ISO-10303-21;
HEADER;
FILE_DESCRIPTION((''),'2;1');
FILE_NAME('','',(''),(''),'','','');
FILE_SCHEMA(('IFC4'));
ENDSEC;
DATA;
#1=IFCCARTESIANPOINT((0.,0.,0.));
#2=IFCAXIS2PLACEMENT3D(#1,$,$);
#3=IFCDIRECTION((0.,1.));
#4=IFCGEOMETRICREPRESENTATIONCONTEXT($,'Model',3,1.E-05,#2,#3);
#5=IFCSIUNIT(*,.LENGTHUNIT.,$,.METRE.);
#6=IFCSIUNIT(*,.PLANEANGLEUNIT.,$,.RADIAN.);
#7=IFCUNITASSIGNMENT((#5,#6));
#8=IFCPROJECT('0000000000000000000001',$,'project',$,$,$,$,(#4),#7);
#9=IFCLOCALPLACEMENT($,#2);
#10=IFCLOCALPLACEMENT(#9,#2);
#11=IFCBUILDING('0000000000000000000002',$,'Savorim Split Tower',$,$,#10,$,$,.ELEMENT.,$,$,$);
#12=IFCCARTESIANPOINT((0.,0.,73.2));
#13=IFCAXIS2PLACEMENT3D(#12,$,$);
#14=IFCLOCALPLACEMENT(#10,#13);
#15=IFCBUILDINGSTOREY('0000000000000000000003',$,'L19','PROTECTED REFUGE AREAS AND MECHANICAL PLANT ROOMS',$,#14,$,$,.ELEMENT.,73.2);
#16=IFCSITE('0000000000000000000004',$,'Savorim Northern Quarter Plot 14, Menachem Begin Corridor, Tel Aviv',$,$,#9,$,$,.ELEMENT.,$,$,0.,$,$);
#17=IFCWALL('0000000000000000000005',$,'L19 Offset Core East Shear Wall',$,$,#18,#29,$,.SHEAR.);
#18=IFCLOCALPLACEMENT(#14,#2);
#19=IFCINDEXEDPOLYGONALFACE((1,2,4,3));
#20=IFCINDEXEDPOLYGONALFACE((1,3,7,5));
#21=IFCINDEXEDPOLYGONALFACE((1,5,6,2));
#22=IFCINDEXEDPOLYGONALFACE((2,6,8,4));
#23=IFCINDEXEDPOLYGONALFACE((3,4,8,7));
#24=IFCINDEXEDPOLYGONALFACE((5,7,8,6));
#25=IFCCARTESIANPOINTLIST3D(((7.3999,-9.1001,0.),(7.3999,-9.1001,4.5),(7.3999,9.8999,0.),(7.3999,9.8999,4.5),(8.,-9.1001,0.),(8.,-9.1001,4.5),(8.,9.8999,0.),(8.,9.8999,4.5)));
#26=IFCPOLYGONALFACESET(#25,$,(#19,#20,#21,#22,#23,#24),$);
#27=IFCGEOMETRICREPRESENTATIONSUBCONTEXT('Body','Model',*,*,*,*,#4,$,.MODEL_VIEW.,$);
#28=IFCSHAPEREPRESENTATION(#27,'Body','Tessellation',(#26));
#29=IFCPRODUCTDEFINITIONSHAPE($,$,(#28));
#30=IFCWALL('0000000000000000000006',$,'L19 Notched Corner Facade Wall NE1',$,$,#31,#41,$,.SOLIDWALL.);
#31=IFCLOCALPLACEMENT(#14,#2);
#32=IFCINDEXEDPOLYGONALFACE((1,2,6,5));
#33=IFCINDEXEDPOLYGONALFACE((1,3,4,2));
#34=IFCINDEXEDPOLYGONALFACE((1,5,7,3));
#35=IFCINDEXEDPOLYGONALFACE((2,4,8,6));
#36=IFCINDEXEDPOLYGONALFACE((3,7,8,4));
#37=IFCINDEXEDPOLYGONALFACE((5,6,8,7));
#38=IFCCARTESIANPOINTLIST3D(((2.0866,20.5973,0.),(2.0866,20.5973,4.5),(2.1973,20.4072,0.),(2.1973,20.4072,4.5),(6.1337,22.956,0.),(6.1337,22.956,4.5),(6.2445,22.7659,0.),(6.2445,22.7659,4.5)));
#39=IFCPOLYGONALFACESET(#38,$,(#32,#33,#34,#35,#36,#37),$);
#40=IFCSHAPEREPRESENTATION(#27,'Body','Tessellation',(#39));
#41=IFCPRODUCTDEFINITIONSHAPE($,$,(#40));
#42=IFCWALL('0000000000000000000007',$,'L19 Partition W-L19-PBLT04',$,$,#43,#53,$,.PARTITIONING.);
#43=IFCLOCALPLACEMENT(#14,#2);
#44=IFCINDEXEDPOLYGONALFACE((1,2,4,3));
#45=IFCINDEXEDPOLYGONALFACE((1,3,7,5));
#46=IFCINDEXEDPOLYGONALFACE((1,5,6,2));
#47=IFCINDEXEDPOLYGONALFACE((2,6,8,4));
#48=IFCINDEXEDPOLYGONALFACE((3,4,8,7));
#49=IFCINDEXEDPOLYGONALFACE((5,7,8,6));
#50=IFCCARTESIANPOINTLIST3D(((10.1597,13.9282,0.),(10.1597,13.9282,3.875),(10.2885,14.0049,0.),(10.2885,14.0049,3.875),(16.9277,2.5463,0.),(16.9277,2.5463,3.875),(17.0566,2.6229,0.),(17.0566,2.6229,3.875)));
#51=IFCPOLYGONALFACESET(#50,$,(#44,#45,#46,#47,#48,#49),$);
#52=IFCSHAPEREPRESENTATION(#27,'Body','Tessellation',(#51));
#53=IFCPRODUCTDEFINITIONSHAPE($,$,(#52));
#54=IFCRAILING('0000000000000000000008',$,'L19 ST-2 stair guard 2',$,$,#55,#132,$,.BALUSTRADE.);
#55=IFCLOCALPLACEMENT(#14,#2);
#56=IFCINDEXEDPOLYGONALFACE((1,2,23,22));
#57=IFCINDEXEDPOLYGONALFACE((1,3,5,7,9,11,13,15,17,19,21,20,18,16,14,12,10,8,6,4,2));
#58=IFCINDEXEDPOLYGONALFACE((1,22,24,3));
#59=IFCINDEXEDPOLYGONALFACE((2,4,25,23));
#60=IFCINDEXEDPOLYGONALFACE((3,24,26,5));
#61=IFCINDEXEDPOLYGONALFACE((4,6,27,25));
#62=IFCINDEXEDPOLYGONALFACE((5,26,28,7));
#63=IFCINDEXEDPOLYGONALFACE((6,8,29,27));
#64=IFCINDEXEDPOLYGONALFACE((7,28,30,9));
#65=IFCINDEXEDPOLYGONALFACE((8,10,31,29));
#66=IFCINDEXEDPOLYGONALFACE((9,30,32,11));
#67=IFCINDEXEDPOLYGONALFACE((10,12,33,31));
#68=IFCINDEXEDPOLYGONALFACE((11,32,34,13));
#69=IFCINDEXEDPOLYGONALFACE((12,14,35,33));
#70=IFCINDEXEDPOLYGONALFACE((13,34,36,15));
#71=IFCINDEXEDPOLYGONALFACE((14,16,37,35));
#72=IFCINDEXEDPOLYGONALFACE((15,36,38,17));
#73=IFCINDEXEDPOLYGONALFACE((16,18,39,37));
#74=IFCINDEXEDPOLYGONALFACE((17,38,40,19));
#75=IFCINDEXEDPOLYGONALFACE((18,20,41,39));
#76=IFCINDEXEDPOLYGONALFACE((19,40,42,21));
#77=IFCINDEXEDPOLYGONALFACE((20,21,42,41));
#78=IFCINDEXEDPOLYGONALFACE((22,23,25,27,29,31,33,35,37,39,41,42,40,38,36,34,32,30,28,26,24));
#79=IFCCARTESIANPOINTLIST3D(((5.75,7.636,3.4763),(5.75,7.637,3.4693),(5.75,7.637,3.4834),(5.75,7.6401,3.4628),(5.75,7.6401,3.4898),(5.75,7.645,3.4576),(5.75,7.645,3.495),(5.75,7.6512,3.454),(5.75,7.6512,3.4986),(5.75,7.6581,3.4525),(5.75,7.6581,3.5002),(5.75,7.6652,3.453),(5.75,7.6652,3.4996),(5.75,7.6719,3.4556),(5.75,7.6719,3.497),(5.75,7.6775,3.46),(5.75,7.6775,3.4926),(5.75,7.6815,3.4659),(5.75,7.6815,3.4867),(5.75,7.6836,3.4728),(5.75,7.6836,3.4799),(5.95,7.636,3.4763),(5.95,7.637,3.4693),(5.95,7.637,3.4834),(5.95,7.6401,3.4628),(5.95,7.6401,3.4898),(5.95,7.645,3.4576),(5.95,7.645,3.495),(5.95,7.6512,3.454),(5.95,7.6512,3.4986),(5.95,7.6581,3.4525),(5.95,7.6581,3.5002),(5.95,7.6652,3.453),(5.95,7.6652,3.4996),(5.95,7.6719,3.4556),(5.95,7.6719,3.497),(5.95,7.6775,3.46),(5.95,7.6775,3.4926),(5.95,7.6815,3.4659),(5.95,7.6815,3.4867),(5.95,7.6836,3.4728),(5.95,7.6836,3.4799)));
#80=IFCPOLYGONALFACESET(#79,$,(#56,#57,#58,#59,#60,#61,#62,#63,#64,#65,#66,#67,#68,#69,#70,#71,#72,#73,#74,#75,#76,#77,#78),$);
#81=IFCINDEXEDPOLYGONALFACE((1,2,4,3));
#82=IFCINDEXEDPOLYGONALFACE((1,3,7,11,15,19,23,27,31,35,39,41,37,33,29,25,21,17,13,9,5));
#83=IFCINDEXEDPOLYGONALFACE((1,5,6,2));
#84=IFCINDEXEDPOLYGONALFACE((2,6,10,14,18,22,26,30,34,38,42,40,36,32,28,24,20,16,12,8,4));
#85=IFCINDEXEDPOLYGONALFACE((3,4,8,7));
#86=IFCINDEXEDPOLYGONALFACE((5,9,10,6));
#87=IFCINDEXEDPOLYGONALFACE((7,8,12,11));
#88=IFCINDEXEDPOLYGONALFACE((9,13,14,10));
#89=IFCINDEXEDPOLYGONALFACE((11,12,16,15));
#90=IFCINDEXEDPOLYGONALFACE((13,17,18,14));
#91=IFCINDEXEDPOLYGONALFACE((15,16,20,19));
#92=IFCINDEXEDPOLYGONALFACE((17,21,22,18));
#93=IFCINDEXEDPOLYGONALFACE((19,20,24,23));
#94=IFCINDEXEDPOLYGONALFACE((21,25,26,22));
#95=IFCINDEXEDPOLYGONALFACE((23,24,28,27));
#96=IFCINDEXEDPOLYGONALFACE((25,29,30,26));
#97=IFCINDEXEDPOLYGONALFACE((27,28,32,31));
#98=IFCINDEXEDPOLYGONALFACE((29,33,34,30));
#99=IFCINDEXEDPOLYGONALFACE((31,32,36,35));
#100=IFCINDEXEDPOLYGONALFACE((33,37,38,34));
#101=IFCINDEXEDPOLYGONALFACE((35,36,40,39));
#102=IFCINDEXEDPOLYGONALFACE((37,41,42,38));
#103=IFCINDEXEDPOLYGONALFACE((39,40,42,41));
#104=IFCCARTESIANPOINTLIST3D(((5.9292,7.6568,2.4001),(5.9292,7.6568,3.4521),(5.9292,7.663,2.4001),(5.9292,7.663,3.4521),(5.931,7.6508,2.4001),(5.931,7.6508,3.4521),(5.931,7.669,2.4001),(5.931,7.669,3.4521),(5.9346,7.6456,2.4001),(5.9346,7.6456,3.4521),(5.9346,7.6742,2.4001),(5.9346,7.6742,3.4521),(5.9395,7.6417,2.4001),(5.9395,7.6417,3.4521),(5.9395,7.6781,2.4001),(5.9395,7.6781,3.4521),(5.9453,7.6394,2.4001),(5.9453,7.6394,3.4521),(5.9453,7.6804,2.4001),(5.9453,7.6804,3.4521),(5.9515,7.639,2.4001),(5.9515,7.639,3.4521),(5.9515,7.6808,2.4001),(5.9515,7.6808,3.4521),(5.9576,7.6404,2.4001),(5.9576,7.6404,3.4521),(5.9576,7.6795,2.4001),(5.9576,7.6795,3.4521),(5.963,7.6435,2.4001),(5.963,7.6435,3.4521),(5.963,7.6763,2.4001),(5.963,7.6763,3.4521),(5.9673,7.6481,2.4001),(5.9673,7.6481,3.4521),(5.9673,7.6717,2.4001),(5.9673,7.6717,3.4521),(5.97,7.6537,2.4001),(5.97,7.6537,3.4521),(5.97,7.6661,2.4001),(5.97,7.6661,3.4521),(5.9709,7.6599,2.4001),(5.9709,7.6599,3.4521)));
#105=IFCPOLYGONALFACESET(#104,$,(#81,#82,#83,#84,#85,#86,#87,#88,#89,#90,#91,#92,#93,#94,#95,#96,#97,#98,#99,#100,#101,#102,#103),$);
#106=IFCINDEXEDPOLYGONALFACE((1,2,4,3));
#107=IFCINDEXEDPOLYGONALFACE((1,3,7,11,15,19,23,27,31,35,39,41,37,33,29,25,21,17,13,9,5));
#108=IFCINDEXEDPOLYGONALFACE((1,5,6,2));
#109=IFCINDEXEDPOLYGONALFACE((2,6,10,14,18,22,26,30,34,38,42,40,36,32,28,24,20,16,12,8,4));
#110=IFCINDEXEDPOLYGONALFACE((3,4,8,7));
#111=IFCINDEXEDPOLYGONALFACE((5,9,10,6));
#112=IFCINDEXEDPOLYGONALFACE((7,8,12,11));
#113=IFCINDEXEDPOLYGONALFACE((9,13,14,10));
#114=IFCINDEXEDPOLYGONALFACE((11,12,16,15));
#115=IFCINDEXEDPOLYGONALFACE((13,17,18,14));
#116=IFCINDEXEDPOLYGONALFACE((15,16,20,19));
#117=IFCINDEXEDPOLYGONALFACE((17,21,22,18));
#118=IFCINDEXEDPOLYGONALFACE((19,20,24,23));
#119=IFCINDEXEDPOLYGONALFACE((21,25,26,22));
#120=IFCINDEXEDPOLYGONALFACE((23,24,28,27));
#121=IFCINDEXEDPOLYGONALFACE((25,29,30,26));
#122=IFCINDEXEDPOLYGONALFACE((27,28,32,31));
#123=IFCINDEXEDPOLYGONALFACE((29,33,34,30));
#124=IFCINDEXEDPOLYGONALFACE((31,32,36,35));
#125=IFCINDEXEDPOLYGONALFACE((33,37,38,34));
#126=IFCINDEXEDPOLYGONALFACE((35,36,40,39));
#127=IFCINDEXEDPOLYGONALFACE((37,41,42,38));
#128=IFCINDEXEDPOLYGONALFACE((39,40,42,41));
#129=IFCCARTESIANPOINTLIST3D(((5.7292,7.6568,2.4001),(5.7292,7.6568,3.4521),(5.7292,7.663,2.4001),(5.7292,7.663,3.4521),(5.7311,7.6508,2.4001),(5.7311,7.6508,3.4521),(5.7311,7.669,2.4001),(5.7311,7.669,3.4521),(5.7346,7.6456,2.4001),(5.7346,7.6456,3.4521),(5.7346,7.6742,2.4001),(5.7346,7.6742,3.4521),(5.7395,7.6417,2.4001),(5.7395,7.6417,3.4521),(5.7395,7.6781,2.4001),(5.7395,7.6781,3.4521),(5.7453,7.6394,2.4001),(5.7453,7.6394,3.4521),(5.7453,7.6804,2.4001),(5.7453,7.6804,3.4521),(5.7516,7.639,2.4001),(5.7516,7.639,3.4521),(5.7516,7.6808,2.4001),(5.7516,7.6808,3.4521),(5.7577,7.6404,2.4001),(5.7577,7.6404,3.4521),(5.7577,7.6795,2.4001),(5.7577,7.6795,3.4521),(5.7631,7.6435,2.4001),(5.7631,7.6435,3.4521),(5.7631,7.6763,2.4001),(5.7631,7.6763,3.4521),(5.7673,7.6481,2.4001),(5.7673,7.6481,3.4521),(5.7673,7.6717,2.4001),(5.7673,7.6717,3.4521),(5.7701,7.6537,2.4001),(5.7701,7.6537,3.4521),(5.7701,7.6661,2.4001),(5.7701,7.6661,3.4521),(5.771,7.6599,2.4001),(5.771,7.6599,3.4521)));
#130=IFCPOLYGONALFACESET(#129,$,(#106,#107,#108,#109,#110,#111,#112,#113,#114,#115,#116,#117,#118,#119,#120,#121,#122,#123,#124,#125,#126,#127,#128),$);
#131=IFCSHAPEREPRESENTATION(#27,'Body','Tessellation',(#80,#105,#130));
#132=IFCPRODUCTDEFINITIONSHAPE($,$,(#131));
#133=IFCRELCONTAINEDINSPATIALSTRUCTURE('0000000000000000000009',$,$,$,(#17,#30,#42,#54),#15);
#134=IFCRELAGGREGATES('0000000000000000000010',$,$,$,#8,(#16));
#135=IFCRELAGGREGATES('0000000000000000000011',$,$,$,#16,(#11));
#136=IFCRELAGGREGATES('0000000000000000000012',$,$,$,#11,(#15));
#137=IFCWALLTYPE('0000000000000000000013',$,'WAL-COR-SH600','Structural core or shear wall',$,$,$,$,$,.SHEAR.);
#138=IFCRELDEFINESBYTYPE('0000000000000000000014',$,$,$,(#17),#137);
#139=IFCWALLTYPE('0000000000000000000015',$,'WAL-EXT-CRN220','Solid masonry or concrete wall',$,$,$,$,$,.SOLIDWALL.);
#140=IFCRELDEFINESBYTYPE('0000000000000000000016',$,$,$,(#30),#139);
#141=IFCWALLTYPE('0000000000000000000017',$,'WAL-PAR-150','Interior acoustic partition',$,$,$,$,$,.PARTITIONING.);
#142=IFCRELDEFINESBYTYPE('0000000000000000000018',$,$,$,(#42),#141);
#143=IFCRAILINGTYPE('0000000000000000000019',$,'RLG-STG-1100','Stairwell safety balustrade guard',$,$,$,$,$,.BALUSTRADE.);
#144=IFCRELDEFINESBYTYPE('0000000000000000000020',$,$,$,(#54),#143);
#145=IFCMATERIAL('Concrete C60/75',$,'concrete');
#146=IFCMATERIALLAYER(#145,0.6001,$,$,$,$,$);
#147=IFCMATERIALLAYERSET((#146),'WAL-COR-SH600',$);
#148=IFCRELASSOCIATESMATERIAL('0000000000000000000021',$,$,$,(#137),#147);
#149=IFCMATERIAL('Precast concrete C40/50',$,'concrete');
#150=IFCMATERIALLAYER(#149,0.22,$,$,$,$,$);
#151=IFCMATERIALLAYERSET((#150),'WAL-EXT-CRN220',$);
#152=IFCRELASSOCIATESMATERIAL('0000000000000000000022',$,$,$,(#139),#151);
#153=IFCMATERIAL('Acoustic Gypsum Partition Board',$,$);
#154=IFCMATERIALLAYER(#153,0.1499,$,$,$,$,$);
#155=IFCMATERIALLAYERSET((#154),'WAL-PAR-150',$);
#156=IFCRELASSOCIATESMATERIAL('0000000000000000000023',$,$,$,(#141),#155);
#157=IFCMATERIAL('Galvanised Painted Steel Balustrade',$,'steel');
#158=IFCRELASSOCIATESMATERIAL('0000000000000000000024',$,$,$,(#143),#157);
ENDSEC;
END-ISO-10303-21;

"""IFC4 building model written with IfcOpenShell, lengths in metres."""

from ifc_helpers import new_model, si_unit, direction, frame, frame_2d, origin, origin_2d, place, context, subcontext, project, spatial, rectangle, circle, extrude, material, layer, layer_set, type_object, element, save


model = new_model("IFC4")

# Units and contexts
model_context = context("Model", 3, precision=1e-05, world=origin(), true_north=direction((0.0, 1.0)))
body_context = subcontext(model_context, "Body", "Model", "MODEL_VIEW")
ifc_project = project(units=[si_unit("LENGTHUNIT", "METRE"), si_unit("PLANEANGLEUNIT", "RADIAN")], contexts=[model_context])

# Site, building, storey
site_placement = place(None, origin())
site = spatial("IfcSite", under=ifc_project, at=site_placement, Name="Savorim Northern Quarter Plot 14, Menachem Begin Corridor, Tel Aviv", CompositionType="ELEMENT", RefElevation=0.0)
building_placement = place(site_placement, origin())
building = spatial("IfcBuilding", under=site, at=building_placement, Name="Savorim Split Tower", CompositionType="ELEMENT")
storey_placement = place(building_placement, frame((0.0, 0.0, 73.2)))
storey = spatial("IfcBuildingStorey", under=building, at=storey_placement, Name="L19", Description="PROTECTED REFUGE AREAS AND MECHANICAL PLANT ROOMS", CompositionType="ELEMENT", Elevation=73.2)

# Walls
ifc_material_1 = material(Name="Concrete C60/75", Category="concrete")
ifc_layer_1 = layer(ifc_material_1, 0.6001)
ifc_layer_set_1 = layer_set([ifc_layer_1], Name="WAL-COR-SH600")
wall_type_1 = type_object("IfcWallType", Name="WAL-COR-SH600", Description="Structural core or shear wall", PredefinedType="SHEAR", material=ifc_layer_set_1)
wall_1_placement = place(storey_placement, frame((7.7, 9.8999, 0.0), z_axis=(0.0, 0.0, 1.0), x_axis=(0.0, -1.0, 0.0)))
element("IfcWall", 1, at=wall_1_placement, inside=storey, type_object=wall_type_1, Name="L19 Offset Core East Shear Wall", PredefinedType="SHEAR", context=body_context, shape_type="SweptSolid", body=[
    extrude(rectangle(XDim=19.0, YDim=0.6001, at=frame_2d((9.5, 0.0))), origin(), (0.0, 0.0, 1.0), 4.5),
])
ifc_material_2 = material(Name="Precast concrete C40/50", Category="concrete")
ifc_layer_2 = layer(ifc_material_2, 0.22)
ifc_layer_set_2 = layer_set([ifc_layer_2], Name="WAL-EXT-CRN220")
wall_type_2 = type_object("IfcWallType", Name="WAL-EXT-CRN220", Description="Solid masonry or concrete wall", PredefinedType="SOLIDWALL", material=ifc_layer_set_2)
wall_2_placement = place(storey_placement, frame((2.1418, 20.5022, 0.0), z_axis=(0.0, 0.0, 1.0), x_axis=(0.863981, 0.503524, 0.0)))
element("IfcWall", 2, at=wall_2_placement, inside=storey, type_object=wall_type_2, Name="L19 Notched Corner Facade Wall NE1", PredefinedType="SOLIDWALL", context=body_context, shape_type="SweptSolid", body=[
    extrude(rectangle(XDim=4.6843, YDim=0.22, at=frame_2d((2.3423, 0.0))), origin(), (0.0, 0.0, 1.0), 4.5),
])
ifc_material_3 = material(Name="Acoustic Gypsum Partition Board")
ifc_layer_3 = layer(ifc_material_3, 0.1499)
ifc_layer_set_3 = layer_set([ifc_layer_3], Name="WAL-PAR-150")
wall_type_3 = type_object("IfcWallType", Name="WAL-PAR-150", Description="Interior acoustic partition", PredefinedType="PARTITIONING", material=ifc_layer_set_3)
wall_3_placement = place(storey_placement, frame((10.2241, 13.9666, 0.0), z_axis=(0.0, 0.0, 1.0), x_axis=(0.511095, -0.859525, 0.0)))
element("IfcWall", 3, at=wall_3_placement, inside=storey, type_object=wall_type_3, Name="L19 Partition W-L19-PBLT04", PredefinedType="PARTITIONING", context=body_context, shape_type="SweptSolid", body=[
    extrude(rectangle(XDim=13.2422, YDim=0.1499, at=frame_2d((6.6211, 0.0))), origin(), (0.0, 0.0, 1.0), 3.875),
])

# Railing
ifc_material_4 = material(Name="Galvanised Painted Steel Balustrade", Category="steel")
railing_type = type_object("IfcRailingType", Name="RLG-STG-1100", Description="Stairwell safety balustrade guard", PredefinedType="BALUSTRADE", material=ifc_material_4)
railing_placement = place(storey_placement, frame((5.95, 7.6599, 2.4001)))
element("IfcRailing", 4, at=railing_placement, inside=storey, type_object=railing_type, Name="L19 ST-2 stair guard 2", PredefinedType="BALUSTRADE", context=body_context, shape_type="SweptSolid", body=[
    extrude(circle(Radius=0.0239, at=origin_2d()), frame((0.0, 0.0, 1.0762), z_axis=(-1.0, 0.0, 0.0), x_axis=(0.0, -1.0, 0.0)), (0.0, 0.0, 1.0), 0.2),
    extrude(circle(Radius=0.021, at=origin_2d()), origin(), (0.0, 0.0, 1.0), 1.052),
    extrude(circle(Radius=0.021, at=origin_2d()), frame((-0.2, 0.0, 0.0)), (0.0, 0.0, 1.0), 1.052),
])

save(model, "model.ifc")
